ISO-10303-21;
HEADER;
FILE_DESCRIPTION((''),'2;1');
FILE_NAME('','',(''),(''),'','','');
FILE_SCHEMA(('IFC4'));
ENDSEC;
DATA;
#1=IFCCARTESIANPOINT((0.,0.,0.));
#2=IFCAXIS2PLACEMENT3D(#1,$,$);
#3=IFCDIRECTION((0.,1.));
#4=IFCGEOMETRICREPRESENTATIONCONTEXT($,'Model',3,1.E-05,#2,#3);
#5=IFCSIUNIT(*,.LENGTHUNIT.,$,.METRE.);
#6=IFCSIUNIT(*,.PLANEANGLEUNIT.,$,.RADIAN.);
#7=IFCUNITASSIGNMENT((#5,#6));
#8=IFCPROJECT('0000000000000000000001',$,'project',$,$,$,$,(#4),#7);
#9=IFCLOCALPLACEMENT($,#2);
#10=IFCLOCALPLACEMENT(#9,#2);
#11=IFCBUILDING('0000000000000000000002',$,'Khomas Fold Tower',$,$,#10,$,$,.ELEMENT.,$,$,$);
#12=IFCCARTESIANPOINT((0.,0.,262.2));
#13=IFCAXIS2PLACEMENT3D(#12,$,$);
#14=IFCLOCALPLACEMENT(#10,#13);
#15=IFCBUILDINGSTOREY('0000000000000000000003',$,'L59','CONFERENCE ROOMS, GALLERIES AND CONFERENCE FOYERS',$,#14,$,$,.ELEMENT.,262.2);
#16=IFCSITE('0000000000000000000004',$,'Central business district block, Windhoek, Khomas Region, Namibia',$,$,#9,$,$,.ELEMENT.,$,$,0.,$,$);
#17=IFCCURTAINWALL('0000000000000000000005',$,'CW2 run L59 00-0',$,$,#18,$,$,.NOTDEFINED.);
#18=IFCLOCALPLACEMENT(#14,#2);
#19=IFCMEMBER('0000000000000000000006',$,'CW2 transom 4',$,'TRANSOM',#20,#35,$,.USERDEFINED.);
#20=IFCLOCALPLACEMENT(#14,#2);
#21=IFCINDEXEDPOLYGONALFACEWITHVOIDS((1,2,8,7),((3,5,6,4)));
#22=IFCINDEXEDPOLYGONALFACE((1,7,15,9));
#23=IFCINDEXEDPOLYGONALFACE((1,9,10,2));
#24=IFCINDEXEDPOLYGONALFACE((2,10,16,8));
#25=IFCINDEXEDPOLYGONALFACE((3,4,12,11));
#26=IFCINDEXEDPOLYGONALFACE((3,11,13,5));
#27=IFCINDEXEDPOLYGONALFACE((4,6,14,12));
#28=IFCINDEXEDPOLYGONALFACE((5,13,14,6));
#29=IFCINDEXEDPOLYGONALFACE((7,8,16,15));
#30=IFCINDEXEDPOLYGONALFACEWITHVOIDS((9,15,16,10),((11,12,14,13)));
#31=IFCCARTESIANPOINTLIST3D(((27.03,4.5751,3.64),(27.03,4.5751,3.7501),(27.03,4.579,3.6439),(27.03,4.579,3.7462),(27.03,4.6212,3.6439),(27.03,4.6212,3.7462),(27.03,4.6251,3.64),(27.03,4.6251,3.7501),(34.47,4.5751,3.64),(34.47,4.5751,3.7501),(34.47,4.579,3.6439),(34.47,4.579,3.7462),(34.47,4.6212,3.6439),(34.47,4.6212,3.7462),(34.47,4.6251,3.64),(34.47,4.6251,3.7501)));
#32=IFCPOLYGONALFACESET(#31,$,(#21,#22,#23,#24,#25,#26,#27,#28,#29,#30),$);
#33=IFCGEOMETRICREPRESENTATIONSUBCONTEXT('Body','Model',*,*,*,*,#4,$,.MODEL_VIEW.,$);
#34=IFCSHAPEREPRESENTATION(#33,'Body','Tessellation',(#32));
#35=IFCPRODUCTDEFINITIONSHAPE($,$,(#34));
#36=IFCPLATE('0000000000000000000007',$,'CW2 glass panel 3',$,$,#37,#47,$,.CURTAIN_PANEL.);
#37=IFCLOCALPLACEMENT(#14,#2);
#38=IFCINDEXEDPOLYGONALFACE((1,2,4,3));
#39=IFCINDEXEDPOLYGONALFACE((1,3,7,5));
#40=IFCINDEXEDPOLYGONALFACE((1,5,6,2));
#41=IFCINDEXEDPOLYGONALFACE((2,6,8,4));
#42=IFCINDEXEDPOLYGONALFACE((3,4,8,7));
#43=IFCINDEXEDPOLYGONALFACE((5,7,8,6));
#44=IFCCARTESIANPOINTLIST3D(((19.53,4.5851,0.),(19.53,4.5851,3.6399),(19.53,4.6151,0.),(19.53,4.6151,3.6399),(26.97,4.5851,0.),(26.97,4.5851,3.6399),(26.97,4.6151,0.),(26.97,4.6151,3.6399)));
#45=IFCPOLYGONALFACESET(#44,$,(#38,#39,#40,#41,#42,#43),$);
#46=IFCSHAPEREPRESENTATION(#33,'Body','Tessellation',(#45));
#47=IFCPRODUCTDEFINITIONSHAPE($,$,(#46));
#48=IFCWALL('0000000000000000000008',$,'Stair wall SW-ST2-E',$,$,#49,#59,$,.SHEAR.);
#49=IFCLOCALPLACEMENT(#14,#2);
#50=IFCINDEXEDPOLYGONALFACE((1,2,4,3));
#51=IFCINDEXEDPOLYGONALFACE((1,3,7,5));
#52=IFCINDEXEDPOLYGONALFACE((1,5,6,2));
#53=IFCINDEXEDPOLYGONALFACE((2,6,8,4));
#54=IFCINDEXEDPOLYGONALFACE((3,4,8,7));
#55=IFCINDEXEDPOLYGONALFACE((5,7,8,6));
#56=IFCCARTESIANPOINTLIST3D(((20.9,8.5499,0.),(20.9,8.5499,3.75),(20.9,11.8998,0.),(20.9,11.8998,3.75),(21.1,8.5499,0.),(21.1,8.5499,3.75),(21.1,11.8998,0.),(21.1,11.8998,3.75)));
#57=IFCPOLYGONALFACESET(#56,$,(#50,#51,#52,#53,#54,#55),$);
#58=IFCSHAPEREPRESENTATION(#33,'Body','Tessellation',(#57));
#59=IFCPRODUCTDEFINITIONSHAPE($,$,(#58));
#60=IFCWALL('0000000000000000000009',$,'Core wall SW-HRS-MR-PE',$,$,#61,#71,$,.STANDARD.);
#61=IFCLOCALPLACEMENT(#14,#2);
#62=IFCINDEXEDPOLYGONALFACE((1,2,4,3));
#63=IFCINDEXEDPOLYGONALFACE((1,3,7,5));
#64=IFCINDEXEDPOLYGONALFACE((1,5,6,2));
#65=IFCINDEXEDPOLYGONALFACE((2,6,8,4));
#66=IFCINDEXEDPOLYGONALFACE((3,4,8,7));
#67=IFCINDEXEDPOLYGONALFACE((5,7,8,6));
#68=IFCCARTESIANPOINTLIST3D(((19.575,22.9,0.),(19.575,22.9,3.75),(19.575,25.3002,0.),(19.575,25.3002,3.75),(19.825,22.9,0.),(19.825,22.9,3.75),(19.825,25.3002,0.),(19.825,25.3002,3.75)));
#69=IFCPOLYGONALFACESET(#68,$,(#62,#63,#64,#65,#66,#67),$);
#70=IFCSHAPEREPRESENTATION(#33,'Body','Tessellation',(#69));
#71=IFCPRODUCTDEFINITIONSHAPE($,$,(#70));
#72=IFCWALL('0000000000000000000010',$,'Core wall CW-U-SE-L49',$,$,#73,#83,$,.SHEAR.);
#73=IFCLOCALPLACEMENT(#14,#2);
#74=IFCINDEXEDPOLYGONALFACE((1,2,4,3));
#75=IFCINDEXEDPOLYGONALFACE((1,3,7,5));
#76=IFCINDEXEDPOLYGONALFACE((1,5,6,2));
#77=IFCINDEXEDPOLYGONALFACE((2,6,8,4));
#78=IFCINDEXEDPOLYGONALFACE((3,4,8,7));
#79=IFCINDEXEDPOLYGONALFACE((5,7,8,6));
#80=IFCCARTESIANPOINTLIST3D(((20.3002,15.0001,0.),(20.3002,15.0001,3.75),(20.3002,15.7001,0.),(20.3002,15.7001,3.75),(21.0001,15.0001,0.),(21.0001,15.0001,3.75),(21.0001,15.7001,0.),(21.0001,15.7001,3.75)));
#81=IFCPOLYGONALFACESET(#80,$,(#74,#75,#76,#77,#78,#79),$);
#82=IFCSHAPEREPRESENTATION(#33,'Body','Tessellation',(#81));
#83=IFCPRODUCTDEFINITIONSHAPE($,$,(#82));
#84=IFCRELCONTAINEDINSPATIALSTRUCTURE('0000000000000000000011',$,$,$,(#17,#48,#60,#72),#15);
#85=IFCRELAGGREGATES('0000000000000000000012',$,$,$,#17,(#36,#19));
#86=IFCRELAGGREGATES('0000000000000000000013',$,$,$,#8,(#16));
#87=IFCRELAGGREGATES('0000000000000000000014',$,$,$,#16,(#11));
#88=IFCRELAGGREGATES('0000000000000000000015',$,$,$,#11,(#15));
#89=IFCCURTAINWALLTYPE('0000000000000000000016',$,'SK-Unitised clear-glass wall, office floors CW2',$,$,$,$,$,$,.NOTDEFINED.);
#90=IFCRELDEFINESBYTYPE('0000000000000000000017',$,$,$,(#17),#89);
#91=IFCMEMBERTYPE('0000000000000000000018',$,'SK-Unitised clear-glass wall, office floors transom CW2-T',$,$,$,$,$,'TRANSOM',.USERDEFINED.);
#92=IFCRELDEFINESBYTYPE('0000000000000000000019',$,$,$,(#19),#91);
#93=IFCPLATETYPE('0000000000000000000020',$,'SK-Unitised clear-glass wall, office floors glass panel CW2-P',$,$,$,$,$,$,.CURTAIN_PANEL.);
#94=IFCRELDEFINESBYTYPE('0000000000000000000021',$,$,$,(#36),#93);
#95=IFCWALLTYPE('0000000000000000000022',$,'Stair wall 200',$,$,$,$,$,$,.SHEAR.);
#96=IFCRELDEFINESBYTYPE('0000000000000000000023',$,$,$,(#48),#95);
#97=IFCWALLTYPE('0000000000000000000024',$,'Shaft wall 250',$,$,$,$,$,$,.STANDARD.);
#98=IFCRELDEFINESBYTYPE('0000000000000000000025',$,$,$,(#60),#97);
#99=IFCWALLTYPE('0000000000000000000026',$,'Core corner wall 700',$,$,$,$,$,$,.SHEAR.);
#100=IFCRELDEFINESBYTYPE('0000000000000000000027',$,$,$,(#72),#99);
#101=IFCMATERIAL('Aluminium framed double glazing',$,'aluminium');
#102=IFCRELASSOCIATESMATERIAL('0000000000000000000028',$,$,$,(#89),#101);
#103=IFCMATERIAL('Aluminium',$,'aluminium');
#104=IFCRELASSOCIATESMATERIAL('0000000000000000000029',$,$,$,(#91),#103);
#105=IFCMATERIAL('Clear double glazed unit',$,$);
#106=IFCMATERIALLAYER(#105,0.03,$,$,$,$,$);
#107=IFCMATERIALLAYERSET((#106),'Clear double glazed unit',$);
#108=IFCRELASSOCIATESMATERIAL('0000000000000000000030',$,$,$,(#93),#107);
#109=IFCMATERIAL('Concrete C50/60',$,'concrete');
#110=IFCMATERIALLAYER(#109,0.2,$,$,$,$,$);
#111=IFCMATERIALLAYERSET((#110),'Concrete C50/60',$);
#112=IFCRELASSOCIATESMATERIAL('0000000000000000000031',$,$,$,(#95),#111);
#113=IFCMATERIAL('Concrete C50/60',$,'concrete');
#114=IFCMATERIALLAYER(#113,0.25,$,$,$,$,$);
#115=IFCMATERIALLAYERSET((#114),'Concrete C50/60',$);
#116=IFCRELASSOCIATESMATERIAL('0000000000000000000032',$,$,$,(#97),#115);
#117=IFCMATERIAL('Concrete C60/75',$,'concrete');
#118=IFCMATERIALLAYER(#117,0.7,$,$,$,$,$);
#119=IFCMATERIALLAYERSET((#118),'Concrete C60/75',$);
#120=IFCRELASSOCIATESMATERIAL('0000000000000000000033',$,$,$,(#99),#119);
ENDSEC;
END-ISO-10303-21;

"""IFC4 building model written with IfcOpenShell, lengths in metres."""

from ifc_helpers import new_model, si_unit, direction, frame, frame_2d, origin, origin_2d, place, context, subcontext, project, spatial, rectangle, hollow_rectangle, extrude, source, transform, mapped, material, layer, layer_set, material_profile, profile_set, type_object, element, aggregate, save


model = new_model("IFC4")

# Units and contexts
model_context = context("Model", 3, precision=1e-05, world=origin(), true_north=direction((0.0, 1.0)))
body_context = subcontext(model_context, "Body", "Model", "MODEL_VIEW")
ifc_project = project(units=[si_unit("LENGTHUNIT", "METRE"), si_unit("PLANEANGLEUNIT", "RADIAN")], contexts=[model_context])

# Site, building, storey
site_placement = place(None, origin())
site = spatial("IfcSite", under=ifc_project, at=site_placement, Name="Central business district block, Windhoek, Khomas Region, Namibia", CompositionType="ELEMENT", RefElevation=0.0)
building_placement = place(site_placement, origin())
building = spatial("IfcBuilding", under=site, at=building_placement, Name="Khomas Fold Tower", CompositionType="ELEMENT")
storey_placement = place(building_placement, frame((0.0, 0.0, 262.2)))
storey = spatial("IfcBuildingStorey", under=building, at=storey_placement, Name="L59", Description="CONFERENCE ROOMS, GALLERIES AND CONFERENCE FOYERS", CompositionType="ELEMENT", Elevation=262.2)

# Curtain wall, member, plate
ifc_material_1 = material(Name="Aluminium framed double glazing", Category="aluminium")
curtain_wall_type = type_object("IfcCurtainWallType", Name="SK-Unitised clear-glass wall, office floors CW2", PredefinedType="NOTDEFINED", material=ifc_material_1)
curtain_wall_placement = place(storey_placement, origin())
curtain_wall = element("IfcCurtainWall", 1, at=curtain_wall_placement, inside=storey, type_object=curtain_wall_type, Name="CW2 run L59 00-0", PredefinedType="NOTDEFINED")
ifc_material_2 = material(Name="Aluminium", Category="aluminium")
ifc_material_profile_1 = material_profile(ifc_material_2, hollow_rectangle(XDim=0.05, YDim=0.1101, WallThickness=0.0039, at=origin_2d()), Name="SK-Unitised clear-glass wall, office floors transom CW2-T")
ifc_profile_set_1 = profile_set([ifc_material_profile_1], Name="Aluminium")
member_type_1 = type_object("IfcMemberType", Name="SK-Unitised clear-glass wall, office floors transom CW2-T", ElementType="TRANSOM", PredefinedType="USERDEFINED", material=ifc_profile_set_1)
shared_shape_1 = source(origin(), body_context, "Body", "SweptSolid", [
    extrude(hollow_rectangle(XDim=0.05, YDim=0.1101, WallThickness=0.0039, at=origin_2d()), origin(), (0.0, 0.0, 1.0), 7.4399),
])
member_1_placement = place(storey_placement, frame((27.03, 4.6001, 3.6951), z_axis=(1.0, 0.0, 0.0), x_axis=(0.0, 1.0, 0.0)))
member_1 = element("IfcMember", 2, at=member_1_placement, type_object=member_type_1, Name="CW2 transom 4", ObjectType="TRANSOM", PredefinedType="USERDEFINED", context=body_context, shape_type="MappedRepresentation", body=[
    mapped(shared_shape_1, transform((0.0, 0.0, 0.0))),
])
ifc_material_3 = material(Name="Clear double glazed unit")
ifc_layer_1 = layer(ifc_material_3, 0.03)
ifc_layer_set_1 = layer_set([ifc_layer_1], Name="Clear double glazed unit")
plate_type = type_object("IfcPlateType", Name="SK-Unitised clear-glass wall, office floors glass panel CW2-P", PredefinedType="CURTAIN_PANEL", material=ifc_layer_set_1)
shared_shape_2 = source(origin(), body_context, "Body", "SweptSolid", [
    extrude(rectangle(XDim=7.4399, YDim=0.03, at=origin_2d()), origin(), (0.0, 0.0, 1.0), 3.6399),
])
plate_placement = place(storey_placement, frame((23.25, 4.6001, 0.0), z_axis=(0.0, 0.0, 1.0), x_axis=(1.0, 0.0, 0.0)))
plate = element("IfcPlate", 3, at=plate_placement, type_object=plate_type, Name="CW2 glass panel 3", PredefinedType="CURTAIN_PANEL", context=body_context, shape_type="MappedRepresentation", body=[
    mapped(shared_shape_2, transform((0.0, 0.0, 0.0))),
])
aggregate(curtain_wall, [plate, member_1])

# Walls
ifc_material_4 = material(Name="Concrete C50/60", Category="concrete")
ifc_layer_2 = layer(ifc_material_4, 0.2)
ifc_layer_set_2 = layer_set([ifc_layer_2], Name="Concrete C50/60")
wall_type_1 = type_object("IfcWallType", Name="Stair wall 200", PredefinedType="SHEAR", material=ifc_layer_set_2)
shared_shape_3 = source(origin(), body_context, "Body", "SweptSolid", [
    extrude(rectangle(XDim=3.3499, YDim=0.2, at=frame_2d((1.6748, 0.0))), origin(), (0.0, 0.0, 1.0), 3.75),
])
wall_1_placement = place(storey_placement, frame((21.0, 8.55, 0.0), z_axis=(0.0, 0.0, 1.0), x_axis=(0.0, 1.0, 0.0)))
element("IfcWall", 4, at=wall_1_placement, inside=storey, type_object=wall_type_1, Name="Stair wall SW-ST2-E", PredefinedType="SHEAR", context=body_context, shape_type="MappedRepresentation", body=[
    mapped(shared_shape_3, transform((0.0, 0.0, 0.0))),
])
ifc_material_5 = material(Name="Concrete C50/60", Category="concrete")
ifc_layer_3 = layer(ifc_material_5, 0.25)
ifc_layer_set_3 = layer_set([ifc_layer_3], Name="Concrete C50/60")
wall_type_2 = type_object("IfcWallType", Name="Shaft wall 250", PredefinedType="STANDARD", material=ifc_layer_set_3)
shared_shape_4 = source(origin(), body_context, "Body", "SweptSolid", [
    extrude(rectangle(XDim=2.4001, YDim=0.25, at=frame_2d((1.2002, 0.0))), origin(), (0.0, 0.0, 1.0), 3.75),
])
wall_2_placement = place(storey_placement, frame((19.7, 22.8999, 0.0), z_axis=(0.0, 0.0, 1.0), x_axis=(0.0, 1.0, 0.0)))
element("IfcWall", 5, at=wall_2_placement, inside=storey, type_object=wall_type_2, Name="Core wall SW-HRS-MR-PE", PredefinedType="STANDARD", context=body_context, shape_type="MappedRepresentation", body=[
    mapped(shared_shape_4, transform((0.0, 0.0, 0.0))),
])
ifc_material_6 = material(Name="Concrete C60/75", Category="concrete")
ifc_layer_4 = layer(ifc_material_6, 0.7)
ifc_layer_set_4 = layer_set([ifc_layer_4], Name="Concrete C60/75")
wall_type_3 = type_object("IfcWallType", Name="Core corner wall 700", PredefinedType="SHEAR", material=ifc_layer_set_4)
shared_shape_5 = source(origin(), body_context, "Body", "SweptSolid", [
    extrude(rectangle(XDim=0.7, YDim=0.7, at=frame_2d((0.3501, 0.0))), origin(), (0.0, 0.0, 1.0), 3.75),
])
wall_3_placement = place(storey_placement, frame((20.3, 15.3501, 0.0), z_axis=(0.0, 0.0, 1.0), x_axis=(1.0, 0.0, 0.0)))
element("IfcWall", 6, at=wall_3_placement, inside=storey, type_object=wall_type_3, Name="Core wall CW-U-SE-L49", PredefinedType="SHEAR", context=body_context, shape_type="MappedRepresentation", body=[
    mapped(shared_shape_5, transform((0.0, 0.0, 0.0))),
])

save(model, "model.ifc")
